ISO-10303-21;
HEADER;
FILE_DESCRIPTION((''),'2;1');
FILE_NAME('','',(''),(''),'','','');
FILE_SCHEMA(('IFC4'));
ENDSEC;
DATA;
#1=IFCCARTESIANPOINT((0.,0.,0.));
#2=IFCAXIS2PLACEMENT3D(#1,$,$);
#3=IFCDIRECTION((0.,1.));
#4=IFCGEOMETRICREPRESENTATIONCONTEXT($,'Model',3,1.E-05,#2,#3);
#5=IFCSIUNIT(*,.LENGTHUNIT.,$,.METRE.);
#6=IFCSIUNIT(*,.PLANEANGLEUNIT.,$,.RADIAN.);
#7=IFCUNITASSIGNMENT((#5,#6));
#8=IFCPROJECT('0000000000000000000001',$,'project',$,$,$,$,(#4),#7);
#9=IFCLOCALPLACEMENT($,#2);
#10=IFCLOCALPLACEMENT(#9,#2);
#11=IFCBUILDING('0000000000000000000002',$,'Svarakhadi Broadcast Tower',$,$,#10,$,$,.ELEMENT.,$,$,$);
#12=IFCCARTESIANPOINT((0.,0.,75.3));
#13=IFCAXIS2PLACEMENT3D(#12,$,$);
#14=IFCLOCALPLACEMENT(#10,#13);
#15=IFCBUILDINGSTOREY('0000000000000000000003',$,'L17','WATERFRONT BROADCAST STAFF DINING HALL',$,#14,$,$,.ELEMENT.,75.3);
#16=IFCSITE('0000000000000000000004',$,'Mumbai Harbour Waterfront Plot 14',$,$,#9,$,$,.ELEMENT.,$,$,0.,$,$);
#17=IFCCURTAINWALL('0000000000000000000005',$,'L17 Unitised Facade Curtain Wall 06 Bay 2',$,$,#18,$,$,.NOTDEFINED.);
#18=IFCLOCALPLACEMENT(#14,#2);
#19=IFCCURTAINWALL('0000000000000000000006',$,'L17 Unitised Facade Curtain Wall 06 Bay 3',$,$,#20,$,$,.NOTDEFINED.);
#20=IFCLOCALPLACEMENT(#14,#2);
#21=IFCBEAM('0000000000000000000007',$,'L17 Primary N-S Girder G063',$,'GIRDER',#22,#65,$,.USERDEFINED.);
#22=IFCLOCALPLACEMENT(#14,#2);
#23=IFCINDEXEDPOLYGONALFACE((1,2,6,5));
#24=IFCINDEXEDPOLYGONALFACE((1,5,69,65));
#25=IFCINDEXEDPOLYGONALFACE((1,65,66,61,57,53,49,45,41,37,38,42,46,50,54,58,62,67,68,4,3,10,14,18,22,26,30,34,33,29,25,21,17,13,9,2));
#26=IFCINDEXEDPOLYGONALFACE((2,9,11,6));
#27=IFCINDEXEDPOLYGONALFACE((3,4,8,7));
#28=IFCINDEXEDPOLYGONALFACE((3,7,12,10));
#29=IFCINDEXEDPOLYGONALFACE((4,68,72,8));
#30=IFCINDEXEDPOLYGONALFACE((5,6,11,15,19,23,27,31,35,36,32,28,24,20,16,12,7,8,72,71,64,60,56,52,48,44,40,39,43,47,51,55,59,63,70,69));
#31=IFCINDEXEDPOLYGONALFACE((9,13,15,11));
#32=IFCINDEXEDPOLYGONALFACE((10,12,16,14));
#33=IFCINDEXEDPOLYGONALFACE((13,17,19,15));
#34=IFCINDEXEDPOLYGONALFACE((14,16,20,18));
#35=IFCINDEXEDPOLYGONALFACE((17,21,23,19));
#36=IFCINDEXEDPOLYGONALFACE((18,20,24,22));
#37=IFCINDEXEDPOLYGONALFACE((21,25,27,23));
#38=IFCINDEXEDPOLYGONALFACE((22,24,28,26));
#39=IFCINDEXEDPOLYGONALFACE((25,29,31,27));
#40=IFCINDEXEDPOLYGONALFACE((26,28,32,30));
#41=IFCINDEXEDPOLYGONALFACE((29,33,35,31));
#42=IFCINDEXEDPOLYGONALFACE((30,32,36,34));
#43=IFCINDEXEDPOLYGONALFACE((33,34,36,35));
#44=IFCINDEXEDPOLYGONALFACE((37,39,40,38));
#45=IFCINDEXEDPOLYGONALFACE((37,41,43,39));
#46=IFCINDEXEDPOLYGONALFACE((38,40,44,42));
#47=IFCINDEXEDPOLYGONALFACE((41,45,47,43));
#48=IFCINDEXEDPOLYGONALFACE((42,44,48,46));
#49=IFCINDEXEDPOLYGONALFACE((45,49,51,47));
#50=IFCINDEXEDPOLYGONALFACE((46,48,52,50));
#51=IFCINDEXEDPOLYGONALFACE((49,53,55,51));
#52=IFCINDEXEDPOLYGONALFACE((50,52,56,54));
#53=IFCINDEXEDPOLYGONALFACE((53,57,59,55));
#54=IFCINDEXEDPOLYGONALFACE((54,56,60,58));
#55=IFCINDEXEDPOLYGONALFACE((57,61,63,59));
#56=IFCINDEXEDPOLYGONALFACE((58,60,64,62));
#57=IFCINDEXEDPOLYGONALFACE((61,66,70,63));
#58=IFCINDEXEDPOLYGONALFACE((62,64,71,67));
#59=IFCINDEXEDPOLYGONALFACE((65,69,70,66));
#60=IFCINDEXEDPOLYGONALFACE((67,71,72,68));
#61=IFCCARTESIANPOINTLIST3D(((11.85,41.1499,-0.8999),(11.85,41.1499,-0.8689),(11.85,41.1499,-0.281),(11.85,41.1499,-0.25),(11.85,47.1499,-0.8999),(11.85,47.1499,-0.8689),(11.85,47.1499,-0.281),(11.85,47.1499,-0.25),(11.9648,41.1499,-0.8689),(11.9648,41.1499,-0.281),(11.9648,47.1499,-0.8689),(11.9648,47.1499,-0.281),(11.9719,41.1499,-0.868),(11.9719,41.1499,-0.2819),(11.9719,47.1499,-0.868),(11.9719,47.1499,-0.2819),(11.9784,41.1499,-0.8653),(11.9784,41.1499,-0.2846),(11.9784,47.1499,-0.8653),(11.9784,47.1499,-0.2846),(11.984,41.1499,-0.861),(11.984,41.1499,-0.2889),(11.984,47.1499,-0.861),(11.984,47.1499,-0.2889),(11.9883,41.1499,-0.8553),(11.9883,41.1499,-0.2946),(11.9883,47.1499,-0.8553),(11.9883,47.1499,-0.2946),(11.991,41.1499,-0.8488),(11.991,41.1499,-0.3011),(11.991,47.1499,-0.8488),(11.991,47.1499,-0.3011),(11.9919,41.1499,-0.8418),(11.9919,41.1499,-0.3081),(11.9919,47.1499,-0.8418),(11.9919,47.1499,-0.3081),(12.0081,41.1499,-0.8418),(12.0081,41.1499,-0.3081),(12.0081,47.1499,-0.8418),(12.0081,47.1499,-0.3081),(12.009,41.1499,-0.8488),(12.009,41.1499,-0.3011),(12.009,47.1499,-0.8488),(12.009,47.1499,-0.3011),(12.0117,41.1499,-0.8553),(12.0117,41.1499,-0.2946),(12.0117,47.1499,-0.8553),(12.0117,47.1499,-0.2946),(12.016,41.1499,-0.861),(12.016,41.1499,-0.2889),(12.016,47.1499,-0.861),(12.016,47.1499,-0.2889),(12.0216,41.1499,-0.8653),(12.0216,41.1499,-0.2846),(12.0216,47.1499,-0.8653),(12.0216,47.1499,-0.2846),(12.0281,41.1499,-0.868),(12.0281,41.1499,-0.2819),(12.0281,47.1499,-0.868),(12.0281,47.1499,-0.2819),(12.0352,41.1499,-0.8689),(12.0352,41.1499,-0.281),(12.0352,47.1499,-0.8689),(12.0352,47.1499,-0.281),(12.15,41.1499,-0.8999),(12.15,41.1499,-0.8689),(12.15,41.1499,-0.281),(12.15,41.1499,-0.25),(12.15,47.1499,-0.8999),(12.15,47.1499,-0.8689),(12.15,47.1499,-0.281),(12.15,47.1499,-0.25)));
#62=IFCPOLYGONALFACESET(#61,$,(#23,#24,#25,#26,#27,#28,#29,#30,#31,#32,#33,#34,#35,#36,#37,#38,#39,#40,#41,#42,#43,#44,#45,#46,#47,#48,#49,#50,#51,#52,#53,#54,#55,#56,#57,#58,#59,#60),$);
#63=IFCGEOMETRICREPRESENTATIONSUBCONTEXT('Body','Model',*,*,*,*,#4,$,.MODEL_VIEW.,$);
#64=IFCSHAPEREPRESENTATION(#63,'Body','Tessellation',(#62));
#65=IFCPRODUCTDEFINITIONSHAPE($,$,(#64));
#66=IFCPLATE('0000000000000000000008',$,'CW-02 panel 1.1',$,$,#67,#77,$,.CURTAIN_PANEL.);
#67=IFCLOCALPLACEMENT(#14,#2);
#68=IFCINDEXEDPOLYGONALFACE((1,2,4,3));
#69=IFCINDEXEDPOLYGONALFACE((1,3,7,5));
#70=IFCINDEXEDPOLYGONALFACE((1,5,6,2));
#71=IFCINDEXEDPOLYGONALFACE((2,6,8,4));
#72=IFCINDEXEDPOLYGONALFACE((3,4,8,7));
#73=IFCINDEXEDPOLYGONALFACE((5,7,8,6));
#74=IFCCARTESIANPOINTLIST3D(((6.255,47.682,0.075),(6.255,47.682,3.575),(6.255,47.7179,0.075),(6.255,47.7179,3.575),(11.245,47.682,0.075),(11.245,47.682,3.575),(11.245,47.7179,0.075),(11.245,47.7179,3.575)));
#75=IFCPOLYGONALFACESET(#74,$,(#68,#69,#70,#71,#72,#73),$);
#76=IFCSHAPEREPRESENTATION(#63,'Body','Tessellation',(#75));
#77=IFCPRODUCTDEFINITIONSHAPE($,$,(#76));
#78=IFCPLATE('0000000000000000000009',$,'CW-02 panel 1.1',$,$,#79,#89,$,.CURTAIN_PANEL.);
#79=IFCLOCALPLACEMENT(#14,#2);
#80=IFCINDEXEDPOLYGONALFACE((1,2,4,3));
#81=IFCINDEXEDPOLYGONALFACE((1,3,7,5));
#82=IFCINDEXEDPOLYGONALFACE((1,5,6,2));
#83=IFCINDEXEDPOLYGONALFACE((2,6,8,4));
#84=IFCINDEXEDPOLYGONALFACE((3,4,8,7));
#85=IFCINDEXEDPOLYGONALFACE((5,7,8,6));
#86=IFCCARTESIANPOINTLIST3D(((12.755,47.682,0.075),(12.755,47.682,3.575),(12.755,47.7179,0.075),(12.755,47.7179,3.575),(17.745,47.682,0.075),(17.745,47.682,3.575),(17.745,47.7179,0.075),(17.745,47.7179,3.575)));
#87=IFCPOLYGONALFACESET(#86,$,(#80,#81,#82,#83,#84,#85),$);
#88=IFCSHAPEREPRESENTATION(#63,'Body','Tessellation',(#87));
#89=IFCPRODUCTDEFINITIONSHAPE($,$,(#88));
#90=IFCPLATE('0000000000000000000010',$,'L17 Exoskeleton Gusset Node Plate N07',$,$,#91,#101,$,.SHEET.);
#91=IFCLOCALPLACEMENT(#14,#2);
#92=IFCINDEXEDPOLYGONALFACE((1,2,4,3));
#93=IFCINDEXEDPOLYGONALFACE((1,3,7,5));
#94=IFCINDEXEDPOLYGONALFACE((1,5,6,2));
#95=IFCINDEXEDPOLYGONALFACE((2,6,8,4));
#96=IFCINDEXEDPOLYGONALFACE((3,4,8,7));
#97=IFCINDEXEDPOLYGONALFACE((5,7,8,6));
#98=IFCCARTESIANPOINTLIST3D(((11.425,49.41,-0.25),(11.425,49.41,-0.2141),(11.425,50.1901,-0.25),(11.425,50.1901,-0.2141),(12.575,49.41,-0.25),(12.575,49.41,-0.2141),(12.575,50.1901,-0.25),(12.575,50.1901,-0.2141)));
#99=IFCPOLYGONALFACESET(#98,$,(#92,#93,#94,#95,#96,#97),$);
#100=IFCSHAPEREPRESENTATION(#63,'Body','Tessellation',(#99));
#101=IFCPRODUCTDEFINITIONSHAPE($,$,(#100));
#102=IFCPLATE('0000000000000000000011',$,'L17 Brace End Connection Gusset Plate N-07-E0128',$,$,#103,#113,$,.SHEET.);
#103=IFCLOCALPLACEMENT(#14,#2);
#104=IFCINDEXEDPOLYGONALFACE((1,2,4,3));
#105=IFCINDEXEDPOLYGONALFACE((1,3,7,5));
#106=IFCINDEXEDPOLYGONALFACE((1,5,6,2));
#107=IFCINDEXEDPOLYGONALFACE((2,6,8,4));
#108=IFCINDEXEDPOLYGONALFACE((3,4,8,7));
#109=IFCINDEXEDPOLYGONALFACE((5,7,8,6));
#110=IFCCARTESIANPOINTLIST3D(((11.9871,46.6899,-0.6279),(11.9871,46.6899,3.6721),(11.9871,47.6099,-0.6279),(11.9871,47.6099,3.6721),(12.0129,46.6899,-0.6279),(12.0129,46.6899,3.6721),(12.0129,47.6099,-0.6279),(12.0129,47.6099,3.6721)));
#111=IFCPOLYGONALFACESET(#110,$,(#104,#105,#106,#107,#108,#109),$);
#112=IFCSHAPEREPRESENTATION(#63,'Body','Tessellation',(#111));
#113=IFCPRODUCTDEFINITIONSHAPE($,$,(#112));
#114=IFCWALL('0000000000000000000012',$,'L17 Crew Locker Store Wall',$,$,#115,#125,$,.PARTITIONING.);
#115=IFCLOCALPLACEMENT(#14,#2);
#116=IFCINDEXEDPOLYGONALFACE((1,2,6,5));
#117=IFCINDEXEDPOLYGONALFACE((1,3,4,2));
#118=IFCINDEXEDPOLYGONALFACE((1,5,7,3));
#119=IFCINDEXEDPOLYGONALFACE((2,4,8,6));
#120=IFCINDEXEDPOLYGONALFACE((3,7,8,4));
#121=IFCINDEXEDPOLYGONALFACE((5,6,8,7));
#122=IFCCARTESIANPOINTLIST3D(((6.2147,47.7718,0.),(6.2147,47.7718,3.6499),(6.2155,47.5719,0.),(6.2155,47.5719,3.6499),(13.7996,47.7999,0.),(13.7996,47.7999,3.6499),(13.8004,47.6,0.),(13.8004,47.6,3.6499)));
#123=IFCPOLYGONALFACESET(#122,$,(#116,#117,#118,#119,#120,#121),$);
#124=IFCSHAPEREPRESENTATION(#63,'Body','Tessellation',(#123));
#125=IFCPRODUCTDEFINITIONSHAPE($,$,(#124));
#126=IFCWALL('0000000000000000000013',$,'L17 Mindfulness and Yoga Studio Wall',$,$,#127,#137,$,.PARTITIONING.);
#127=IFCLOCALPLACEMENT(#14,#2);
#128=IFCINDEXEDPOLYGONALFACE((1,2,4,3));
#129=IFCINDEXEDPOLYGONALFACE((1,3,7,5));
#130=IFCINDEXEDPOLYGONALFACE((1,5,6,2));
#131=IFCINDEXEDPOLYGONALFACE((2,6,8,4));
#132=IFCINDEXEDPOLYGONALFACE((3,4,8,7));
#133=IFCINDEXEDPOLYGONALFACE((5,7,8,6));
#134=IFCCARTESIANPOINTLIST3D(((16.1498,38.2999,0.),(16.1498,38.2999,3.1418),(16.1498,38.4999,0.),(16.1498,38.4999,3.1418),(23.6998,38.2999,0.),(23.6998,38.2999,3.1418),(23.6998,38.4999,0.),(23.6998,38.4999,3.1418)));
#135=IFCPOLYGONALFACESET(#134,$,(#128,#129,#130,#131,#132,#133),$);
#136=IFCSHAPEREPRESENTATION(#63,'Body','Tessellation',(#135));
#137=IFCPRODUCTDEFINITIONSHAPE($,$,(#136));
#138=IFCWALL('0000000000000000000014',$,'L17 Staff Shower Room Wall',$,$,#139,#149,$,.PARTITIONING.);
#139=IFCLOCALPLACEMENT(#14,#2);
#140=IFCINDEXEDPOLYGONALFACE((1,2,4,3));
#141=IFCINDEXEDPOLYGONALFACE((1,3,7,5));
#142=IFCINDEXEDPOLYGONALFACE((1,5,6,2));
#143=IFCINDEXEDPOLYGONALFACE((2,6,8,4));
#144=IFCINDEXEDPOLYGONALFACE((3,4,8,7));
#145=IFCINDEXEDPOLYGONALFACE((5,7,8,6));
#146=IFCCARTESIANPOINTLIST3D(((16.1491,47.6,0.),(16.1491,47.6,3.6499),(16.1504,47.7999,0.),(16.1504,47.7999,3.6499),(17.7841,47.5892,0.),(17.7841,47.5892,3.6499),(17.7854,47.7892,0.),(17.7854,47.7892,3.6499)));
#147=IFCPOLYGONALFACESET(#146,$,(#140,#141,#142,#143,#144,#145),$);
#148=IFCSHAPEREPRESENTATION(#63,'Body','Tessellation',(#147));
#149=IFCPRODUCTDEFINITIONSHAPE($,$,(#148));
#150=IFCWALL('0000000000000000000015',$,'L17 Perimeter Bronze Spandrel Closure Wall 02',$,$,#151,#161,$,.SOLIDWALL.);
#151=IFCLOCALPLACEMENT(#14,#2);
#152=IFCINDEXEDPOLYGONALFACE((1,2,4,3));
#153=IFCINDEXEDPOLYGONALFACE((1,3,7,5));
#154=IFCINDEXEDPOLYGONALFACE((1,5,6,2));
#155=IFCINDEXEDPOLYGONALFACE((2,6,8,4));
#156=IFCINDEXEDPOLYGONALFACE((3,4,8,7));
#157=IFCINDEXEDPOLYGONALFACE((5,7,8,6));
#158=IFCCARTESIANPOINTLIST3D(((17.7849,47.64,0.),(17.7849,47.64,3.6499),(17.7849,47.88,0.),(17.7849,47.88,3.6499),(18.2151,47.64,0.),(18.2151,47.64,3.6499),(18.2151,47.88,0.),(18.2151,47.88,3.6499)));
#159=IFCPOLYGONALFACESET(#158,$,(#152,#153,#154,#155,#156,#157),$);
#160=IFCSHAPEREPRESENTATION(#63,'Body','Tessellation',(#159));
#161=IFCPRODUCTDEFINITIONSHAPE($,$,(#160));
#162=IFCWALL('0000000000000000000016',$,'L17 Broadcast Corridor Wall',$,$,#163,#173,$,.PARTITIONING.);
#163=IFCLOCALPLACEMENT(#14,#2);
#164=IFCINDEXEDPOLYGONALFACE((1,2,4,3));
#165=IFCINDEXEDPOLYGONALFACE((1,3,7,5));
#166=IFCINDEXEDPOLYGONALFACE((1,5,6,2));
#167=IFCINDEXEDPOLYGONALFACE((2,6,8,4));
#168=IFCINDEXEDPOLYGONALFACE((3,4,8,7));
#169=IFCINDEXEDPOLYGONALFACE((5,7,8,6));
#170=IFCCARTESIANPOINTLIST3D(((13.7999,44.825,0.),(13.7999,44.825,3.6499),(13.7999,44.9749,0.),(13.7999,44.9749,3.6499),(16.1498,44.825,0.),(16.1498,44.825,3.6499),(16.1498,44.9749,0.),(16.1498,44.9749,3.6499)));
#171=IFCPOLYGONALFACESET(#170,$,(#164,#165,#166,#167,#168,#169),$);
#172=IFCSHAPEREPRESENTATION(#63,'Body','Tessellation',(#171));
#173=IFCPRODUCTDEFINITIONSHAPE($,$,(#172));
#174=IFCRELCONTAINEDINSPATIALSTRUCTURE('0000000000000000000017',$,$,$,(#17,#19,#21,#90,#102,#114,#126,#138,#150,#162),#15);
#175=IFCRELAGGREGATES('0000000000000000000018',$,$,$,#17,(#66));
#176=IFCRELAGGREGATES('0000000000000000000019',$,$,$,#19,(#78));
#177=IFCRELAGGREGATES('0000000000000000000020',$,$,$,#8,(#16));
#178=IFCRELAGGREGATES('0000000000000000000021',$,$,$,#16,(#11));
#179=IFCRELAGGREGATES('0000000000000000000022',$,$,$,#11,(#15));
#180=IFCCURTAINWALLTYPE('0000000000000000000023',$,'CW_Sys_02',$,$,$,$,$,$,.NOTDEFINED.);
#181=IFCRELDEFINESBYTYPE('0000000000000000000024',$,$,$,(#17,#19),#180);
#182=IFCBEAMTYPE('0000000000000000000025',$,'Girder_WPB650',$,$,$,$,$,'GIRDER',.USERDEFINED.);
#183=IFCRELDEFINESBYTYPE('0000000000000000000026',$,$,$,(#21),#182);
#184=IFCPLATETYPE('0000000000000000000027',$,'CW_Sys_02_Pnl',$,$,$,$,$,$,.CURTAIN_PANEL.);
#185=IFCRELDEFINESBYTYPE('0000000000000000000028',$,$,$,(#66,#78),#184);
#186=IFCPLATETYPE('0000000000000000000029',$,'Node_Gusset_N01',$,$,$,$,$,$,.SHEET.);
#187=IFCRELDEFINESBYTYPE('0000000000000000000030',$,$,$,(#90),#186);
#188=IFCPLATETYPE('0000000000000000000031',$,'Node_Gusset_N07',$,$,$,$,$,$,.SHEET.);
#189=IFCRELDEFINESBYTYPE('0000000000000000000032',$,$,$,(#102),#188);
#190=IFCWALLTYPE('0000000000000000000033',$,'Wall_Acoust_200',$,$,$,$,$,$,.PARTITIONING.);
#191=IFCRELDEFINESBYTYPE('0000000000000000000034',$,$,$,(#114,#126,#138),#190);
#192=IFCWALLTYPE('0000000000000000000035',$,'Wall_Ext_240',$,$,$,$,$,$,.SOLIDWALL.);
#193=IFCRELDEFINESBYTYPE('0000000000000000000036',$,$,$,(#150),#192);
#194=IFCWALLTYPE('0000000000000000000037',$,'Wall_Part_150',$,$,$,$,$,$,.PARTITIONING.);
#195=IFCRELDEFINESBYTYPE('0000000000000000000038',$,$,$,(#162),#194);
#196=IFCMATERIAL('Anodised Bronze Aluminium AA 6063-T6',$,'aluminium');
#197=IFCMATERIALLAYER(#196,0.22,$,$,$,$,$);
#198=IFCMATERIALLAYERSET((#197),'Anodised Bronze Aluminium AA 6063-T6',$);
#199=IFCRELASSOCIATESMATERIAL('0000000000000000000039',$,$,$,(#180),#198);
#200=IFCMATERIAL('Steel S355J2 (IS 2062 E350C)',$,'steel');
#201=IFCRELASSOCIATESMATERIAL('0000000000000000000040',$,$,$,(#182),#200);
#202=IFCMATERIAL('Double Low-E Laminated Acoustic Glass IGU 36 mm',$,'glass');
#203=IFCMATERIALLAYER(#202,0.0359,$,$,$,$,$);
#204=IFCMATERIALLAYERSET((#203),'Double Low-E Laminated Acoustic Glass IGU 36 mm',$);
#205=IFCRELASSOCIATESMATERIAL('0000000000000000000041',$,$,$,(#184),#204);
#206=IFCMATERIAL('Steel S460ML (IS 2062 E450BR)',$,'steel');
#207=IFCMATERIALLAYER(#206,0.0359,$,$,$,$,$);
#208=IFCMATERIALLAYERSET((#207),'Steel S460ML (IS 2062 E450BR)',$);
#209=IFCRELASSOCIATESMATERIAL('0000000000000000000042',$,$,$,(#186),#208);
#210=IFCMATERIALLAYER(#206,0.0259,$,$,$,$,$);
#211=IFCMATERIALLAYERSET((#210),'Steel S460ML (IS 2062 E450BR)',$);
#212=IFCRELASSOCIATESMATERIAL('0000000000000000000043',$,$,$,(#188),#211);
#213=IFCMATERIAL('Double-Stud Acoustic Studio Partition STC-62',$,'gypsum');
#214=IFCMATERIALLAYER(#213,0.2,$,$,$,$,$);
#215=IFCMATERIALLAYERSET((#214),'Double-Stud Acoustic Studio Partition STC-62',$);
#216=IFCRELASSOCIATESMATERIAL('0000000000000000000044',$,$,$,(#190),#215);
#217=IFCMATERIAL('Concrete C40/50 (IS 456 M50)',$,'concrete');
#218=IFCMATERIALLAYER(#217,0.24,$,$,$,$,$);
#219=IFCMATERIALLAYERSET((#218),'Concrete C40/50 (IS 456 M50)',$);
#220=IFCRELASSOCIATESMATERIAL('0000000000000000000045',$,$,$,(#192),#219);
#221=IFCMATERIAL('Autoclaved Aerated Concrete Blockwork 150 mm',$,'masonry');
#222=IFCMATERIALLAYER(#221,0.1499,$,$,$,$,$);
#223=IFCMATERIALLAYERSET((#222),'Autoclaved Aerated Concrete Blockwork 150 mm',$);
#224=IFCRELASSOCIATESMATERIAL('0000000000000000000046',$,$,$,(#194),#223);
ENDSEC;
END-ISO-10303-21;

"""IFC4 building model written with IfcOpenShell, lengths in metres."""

from ifc_helpers import new_model, si_unit, direction, frame, frame_2d, origin, origin_2d, place, context, subcontext, project, spatial, rectangle, i_section, extrude, material, layer, layer_set, material_profile, profile_set, type_object, element, aggregate, save


model = new_model("IFC4")

# Units and contexts
model_context = context("Model", 3, precision=1e-05, world=origin(), true_north=direction((0.0, 1.0)))
body_context = subcontext(model_context, "Body", "Model", "MODEL_VIEW")
ifc_project = project(units=[si_unit("LENGTHUNIT", "METRE"), si_unit("PLANEANGLEUNIT", "RADIAN")], contexts=[model_context])

# Site, building, storey
site_placement = place(None, origin())
site = spatial("IfcSite", under=ifc_project, at=site_placement, Name="Mumbai Harbour Waterfront Plot 14", CompositionType="ELEMENT", RefElevation=0.0)
building_placement = place(site_placement, origin())
building = spatial("IfcBuilding", under=site, at=building_placement, Name="Svarakhadi Broadcast Tower", CompositionType="ELEMENT")
storey_placement = place(building_placement, frame((0.0, 0.0, 75.3)))
storey = spatial("IfcBuildingStorey", under=building, at=storey_placement, Name="L17", Description="WATERFRONT BROADCAST STAFF DINING HALL", CompositionType="ELEMENT", Elevation=75.3)

# Shared definitions
ifc_material_1 = material(Name="Steel S460ML (IS 2062 E450BR)", Category="steel")

# Shared definitions
ifc_material_2 = material(Name="Steel S355J2 (IS 2062 E350C)", Category="steel")

# Curtain walls
ifc_material_3 = material(Name="Anodised Bronze Aluminium AA 6063-T6", Category="aluminium")
ifc_layer_1 = layer(ifc_material_3, 0.22)
ifc_layer_set_1 = layer_set([ifc_layer_1], Name="Anodised Bronze Aluminium AA 6063-T6")
curtain_wall_type = type_object("IfcCurtainWallType", Name="CW_Sys_02", PredefinedType="NOTDEFINED", material=ifc_layer_set_1)
curtain_wall_1_placement = place(storey_placement, origin())
curtain_wall_1 = element("IfcCurtainWall", 1, at=curtain_wall_1_placement, inside=storey, type_object=curtain_wall_type, Name="L17 Unitised Facade Curtain Wall 06 Bay 2", PredefinedType="NOTDEFINED")
curtain_wall_2_placement = place(storey_placement, origin())
curtain_wall_2 = element("IfcCurtainWall", 2, at=curtain_wall_2_placement, inside=storey, type_object=curtain_wall_type, Name="L17 Unitised Facade Curtain Wall 06 Bay 3", PredefinedType="NOTDEFINED")

# Beam
ifc_material_profile_1 = material_profile(ifc_material_2, i_section(OverallWidth=0.3, OverallDepth=0.6499, WebThickness=0.0161, FlangeThickness=0.031, FilletRadius=0.0271, at=origin_2d()), Name="WPB 650x300x225")
ifc_profile_set_1 = profile_set([ifc_material_profile_1], Name="Steel S355J2 (IS 2062 E350C)")
beam_type_1 = type_object("IfcBeamType", Name="Girder_WPB650", ElementType="GIRDER", PredefinedType="USERDEFINED", material=ifc_profile_set_1)
for number, where, z_axis, x_axis, name in (
    (3, (12.0, 41.1499, -0.575), (0.0, 1.0, 0.0), (-1.0, 0.0, 0.0), "L17 Primary N-S Girder G063"),
):
    element("IfcBeam", number, at=place(storey_placement, frame(where, z_axis=z_axis, x_axis=x_axis)), inside=storey, type_object=beam_type_1, Name=name, ObjectType="GIRDER", PredefinedType="USERDEFINED", context=body_context, shape_type="SweptSolid", body=[
        extrude(i_section(OverallWidth=0.3, OverallDepth=0.6499, WebThickness=0.0161, FlangeThickness=0.031, FilletRadius=0.0271, at=origin_2d()), origin(), (0.0, 0.0, 1.0), 6.0),
    ])

# Plates
ifc_material_4 = material(Name="Double Low-E Laminated Acoustic Glass IGU 36 mm", Category="glass")
ifc_layer_2 = layer(ifc_material_4, 0.0359)
ifc_layer_set_2 = layer_set([ifc_layer_2], Name="Double Low-E Laminated Acoustic Glass IGU 36 mm")
plate_type_1 = type_object("IfcPlateType", Name="CW_Sys_02_Pnl", PredefinedType="CURTAIN_PANEL", material=ifc_layer_set_2)
plate_1_placement = place(storey_placement, frame((8.75, 47.7, 0.075), z_axis=(0.0, 0.0, 1.0), x_axis=(1.0, 0.0, 0.0)))
plate_1 = element("IfcPlate", 4, at=plate_1_placement, type_object=plate_type_1, Name="CW-02 panel 1.1", PredefinedType="CURTAIN_PANEL", context=body_context, shape_type="SweptSolid", body=[
    extrude(rectangle(XDim=4.99, YDim=0.0359, at=origin_2d()), origin(), (0.0, 0.0, 1.0), 3.5),
])
aggregate(curtain_wall_1, [plate_1])
plate_2_placement = place(storey_placement, frame((15.25, 47.7, 0.075), z_axis=(0.0, 0.0, 1.0), x_axis=(1.0, 0.0, 0.0)))
plate_2 = element("IfcPlate", 5, at=plate_2_placement, type_object=plate_type_1, Name="CW-02 panel 1.1", PredefinedType="CURTAIN_PANEL", context=body_context, shape_type="SweptSolid", body=[
    extrude(rectangle(XDim=4.99, YDim=0.0359, at=origin_2d()), origin(), (0.0, 0.0, 1.0), 3.5),
])
aggregate(curtain_wall_2, [plate_2])

# Plates
ifc_layer_3 = layer(ifc_material_1, 0.0359)
ifc_layer_set_3 = layer_set([ifc_layer_3], Name="Steel S460ML (IS 2062 E450BR)")
plate_type_2 = type_object("IfcPlateType", Name="Node_Gusset_N01", PredefinedType="SHEET", material=ifc_layer_set_3)
plate_3_placement = place(storey_placement, frame((12.0, 49.8, -0.25), z_axis=(0.0, 0.0, 1.0), x_axis=(1.0, 0.0, 0.0)))
element("IfcPlate", 6, at=plate_3_placement, inside=storey, type_object=plate_type_2, Name="L17 Exoskeleton Gusset Node Plate N07", PredefinedType="SHEET", context=body_context, shape_type="SweptSolid", body=[
    extrude(rectangle(XDim=1.1499, YDim=0.78, at=origin_2d()), origin(), (0.0, 0.0, 1.0), 0.0359),
])
ifc_layer_4 = layer(ifc_material_1, 0.0259)
ifc_layer_set_4 = layer_set([ifc_layer_4], Name="Steel S460ML (IS 2062 E450BR)")
plate_type_3 = type_object("IfcPlateType", Name="Node_Gusset_N07", PredefinedType="SHEET", material=ifc_layer_set_4)
plate_4_placement = place(storey_placement, frame((12.0, 47.1499, -0.6279), z_axis=(0.0, 0.0, 1.0), x_axis=(0.0, 1.0, 0.0)))
element("IfcPlate", 7, at=plate_4_placement, inside=storey, type_object=plate_type_3, Name="L17 Brace End Connection Gusset Plate N-07-E0128", PredefinedType="SHEET", context=body_context, shape_type="SweptSolid", body=[
    extrude(rectangle(XDim=0.9199, YDim=0.0259, at=origin_2d()), origin(), (0.0, 0.0, 1.0), 4.3),
])

# Walls
ifc_material_5 = material(Name="Double-Stud Acoustic Studio Partition STC-62", Category="gypsum")
ifc_layer_5 = layer(ifc_material_5, 0.2)
ifc_layer_set_5 = layer_set([ifc_layer_5], Name="Double-Stud Acoustic Studio Partition STC-62")
wall_type_1 = type_object("IfcWallType", Name="Wall_Acoust_200", PredefinedType="PARTITIONING", material=ifc_layer_set_5)
wall_1_placement = place(storey_placement, frame((6.2151, 47.6719, 0.0), z_axis=(0.0, 0.0, 1.0), x_axis=(0.999993, 0.003702, 0.0)))
element("IfcWall", 8, at=wall_1_placement, inside=storey, type_object=wall_type_1, Name="L17 Crew Locker Store Wall", PredefinedType="PARTITIONING", context=body_context, shape_type="SweptSolid", body=[
    extrude(rectangle(XDim=7.585, YDim=0.2, at=frame_2d((3.7925, 0.0))), origin(), (0.0, 0.0, 1.0), 3.6499),
])
wall_2_placement = place(storey_placement, frame((16.1499, 38.3999, 0.0), z_axis=(0.0, 0.0, 1.0), x_axis=(1.0, 0.0, 0.0)))
element("IfcWall", 9, at=wall_2_placement, inside=storey, type_object=wall_type_1, Name="L17 Mindfulness and Yoga Studio Wall", PredefinedType="PARTITIONING", context=body_context, shape_type="SweptSolid", body=[
    extrude(rectangle(XDim=7.55, YDim=0.2, at=frame_2d((3.7749, 0.0))), origin(), (0.0, 0.0, 1.0), 3.1418),
])
wall_3_placement = place(storey_placement, frame((16.1499, 47.7, 0.0), z_axis=(0.0, 0.0, 1.0), x_axis=(0.999978, -0.00657, 0.0)))
element("IfcWall", 10, at=wall_3_placement, inside=storey, type_object=wall_type_1, Name="L17 Staff Shower Room Wall", PredefinedType="PARTITIONING", context=body_context, shape_type="SweptSolid", body=[
    extrude(rectangle(XDim=1.635, YDim=0.2, at=frame_2d((0.8174, 0.0))), origin(), (0.0, 0.0, 1.0), 3.6499),
])
ifc_material_6 = material(Name="Concrete C40/50 (IS 456 M50)", Category="concrete")
ifc_layer_6 = layer(ifc_material_6, 0.24)
ifc_layer_set_6 = layer_set([ifc_layer_6], Name="Concrete C40/50 (IS 456 M50)")
wall_type_2 = type_object("IfcWallType", Name="Wall_Ext_240", PredefinedType="SOLIDWALL", material=ifc_layer_set_6)
wall_4_placement = place(storey_placement, frame((17.7849, 47.76, 0.0), z_axis=(0.0, 0.0, 1.0), x_axis=(1.0, 0.0, 0.0)))
element("IfcWall", 11, at=wall_4_placement, inside=storey, type_object=wall_type_2, Name="L17 Perimeter Bronze Spandrel Closure Wall 02", PredefinedType="SOLIDWALL", context=body_context, shape_type="SweptSolid", body=[
    extrude(rectangle(XDim=0.4302, YDim=0.24, at=frame_2d((0.2151, 0.0))), origin(), (0.0, 0.0, 1.0), 3.6499),
])
ifc_material_7 = material(Name="Autoclaved Aerated Concrete Blockwork 150 mm", Category="masonry")
ifc_layer_7 = layer(ifc_material_7, 0.1499)
ifc_layer_set_7 = layer_set([ifc_layer_7], Name="Autoclaved Aerated Concrete Blockwork 150 mm")
wall_type_3 = type_object("IfcWallType", Name="Wall_Part_150", PredefinedType="PARTITIONING", material=ifc_layer_set_7)
wall_5_placement = place(storey_placement, frame((13.8, 44.8999, 0.0), z_axis=(0.0, 0.0, 1.0), x_axis=(1.0, 0.0, 0.0)))
element("IfcWall", 12, at=wall_5_placement, inside=storey, type_object=wall_type_3, Name="L17 Broadcast Corridor Wall", PredefinedType="PARTITIONING", context=body_context, shape_type="SweptSolid", body=[
    extrude(rectangle(XDim=2.3499, YDim=0.1499, at=frame_2d((1.1748, 0.0))), origin(), (0.0, 0.0, 1.0), 3.6499),
])

save(model, "model.ifc")
